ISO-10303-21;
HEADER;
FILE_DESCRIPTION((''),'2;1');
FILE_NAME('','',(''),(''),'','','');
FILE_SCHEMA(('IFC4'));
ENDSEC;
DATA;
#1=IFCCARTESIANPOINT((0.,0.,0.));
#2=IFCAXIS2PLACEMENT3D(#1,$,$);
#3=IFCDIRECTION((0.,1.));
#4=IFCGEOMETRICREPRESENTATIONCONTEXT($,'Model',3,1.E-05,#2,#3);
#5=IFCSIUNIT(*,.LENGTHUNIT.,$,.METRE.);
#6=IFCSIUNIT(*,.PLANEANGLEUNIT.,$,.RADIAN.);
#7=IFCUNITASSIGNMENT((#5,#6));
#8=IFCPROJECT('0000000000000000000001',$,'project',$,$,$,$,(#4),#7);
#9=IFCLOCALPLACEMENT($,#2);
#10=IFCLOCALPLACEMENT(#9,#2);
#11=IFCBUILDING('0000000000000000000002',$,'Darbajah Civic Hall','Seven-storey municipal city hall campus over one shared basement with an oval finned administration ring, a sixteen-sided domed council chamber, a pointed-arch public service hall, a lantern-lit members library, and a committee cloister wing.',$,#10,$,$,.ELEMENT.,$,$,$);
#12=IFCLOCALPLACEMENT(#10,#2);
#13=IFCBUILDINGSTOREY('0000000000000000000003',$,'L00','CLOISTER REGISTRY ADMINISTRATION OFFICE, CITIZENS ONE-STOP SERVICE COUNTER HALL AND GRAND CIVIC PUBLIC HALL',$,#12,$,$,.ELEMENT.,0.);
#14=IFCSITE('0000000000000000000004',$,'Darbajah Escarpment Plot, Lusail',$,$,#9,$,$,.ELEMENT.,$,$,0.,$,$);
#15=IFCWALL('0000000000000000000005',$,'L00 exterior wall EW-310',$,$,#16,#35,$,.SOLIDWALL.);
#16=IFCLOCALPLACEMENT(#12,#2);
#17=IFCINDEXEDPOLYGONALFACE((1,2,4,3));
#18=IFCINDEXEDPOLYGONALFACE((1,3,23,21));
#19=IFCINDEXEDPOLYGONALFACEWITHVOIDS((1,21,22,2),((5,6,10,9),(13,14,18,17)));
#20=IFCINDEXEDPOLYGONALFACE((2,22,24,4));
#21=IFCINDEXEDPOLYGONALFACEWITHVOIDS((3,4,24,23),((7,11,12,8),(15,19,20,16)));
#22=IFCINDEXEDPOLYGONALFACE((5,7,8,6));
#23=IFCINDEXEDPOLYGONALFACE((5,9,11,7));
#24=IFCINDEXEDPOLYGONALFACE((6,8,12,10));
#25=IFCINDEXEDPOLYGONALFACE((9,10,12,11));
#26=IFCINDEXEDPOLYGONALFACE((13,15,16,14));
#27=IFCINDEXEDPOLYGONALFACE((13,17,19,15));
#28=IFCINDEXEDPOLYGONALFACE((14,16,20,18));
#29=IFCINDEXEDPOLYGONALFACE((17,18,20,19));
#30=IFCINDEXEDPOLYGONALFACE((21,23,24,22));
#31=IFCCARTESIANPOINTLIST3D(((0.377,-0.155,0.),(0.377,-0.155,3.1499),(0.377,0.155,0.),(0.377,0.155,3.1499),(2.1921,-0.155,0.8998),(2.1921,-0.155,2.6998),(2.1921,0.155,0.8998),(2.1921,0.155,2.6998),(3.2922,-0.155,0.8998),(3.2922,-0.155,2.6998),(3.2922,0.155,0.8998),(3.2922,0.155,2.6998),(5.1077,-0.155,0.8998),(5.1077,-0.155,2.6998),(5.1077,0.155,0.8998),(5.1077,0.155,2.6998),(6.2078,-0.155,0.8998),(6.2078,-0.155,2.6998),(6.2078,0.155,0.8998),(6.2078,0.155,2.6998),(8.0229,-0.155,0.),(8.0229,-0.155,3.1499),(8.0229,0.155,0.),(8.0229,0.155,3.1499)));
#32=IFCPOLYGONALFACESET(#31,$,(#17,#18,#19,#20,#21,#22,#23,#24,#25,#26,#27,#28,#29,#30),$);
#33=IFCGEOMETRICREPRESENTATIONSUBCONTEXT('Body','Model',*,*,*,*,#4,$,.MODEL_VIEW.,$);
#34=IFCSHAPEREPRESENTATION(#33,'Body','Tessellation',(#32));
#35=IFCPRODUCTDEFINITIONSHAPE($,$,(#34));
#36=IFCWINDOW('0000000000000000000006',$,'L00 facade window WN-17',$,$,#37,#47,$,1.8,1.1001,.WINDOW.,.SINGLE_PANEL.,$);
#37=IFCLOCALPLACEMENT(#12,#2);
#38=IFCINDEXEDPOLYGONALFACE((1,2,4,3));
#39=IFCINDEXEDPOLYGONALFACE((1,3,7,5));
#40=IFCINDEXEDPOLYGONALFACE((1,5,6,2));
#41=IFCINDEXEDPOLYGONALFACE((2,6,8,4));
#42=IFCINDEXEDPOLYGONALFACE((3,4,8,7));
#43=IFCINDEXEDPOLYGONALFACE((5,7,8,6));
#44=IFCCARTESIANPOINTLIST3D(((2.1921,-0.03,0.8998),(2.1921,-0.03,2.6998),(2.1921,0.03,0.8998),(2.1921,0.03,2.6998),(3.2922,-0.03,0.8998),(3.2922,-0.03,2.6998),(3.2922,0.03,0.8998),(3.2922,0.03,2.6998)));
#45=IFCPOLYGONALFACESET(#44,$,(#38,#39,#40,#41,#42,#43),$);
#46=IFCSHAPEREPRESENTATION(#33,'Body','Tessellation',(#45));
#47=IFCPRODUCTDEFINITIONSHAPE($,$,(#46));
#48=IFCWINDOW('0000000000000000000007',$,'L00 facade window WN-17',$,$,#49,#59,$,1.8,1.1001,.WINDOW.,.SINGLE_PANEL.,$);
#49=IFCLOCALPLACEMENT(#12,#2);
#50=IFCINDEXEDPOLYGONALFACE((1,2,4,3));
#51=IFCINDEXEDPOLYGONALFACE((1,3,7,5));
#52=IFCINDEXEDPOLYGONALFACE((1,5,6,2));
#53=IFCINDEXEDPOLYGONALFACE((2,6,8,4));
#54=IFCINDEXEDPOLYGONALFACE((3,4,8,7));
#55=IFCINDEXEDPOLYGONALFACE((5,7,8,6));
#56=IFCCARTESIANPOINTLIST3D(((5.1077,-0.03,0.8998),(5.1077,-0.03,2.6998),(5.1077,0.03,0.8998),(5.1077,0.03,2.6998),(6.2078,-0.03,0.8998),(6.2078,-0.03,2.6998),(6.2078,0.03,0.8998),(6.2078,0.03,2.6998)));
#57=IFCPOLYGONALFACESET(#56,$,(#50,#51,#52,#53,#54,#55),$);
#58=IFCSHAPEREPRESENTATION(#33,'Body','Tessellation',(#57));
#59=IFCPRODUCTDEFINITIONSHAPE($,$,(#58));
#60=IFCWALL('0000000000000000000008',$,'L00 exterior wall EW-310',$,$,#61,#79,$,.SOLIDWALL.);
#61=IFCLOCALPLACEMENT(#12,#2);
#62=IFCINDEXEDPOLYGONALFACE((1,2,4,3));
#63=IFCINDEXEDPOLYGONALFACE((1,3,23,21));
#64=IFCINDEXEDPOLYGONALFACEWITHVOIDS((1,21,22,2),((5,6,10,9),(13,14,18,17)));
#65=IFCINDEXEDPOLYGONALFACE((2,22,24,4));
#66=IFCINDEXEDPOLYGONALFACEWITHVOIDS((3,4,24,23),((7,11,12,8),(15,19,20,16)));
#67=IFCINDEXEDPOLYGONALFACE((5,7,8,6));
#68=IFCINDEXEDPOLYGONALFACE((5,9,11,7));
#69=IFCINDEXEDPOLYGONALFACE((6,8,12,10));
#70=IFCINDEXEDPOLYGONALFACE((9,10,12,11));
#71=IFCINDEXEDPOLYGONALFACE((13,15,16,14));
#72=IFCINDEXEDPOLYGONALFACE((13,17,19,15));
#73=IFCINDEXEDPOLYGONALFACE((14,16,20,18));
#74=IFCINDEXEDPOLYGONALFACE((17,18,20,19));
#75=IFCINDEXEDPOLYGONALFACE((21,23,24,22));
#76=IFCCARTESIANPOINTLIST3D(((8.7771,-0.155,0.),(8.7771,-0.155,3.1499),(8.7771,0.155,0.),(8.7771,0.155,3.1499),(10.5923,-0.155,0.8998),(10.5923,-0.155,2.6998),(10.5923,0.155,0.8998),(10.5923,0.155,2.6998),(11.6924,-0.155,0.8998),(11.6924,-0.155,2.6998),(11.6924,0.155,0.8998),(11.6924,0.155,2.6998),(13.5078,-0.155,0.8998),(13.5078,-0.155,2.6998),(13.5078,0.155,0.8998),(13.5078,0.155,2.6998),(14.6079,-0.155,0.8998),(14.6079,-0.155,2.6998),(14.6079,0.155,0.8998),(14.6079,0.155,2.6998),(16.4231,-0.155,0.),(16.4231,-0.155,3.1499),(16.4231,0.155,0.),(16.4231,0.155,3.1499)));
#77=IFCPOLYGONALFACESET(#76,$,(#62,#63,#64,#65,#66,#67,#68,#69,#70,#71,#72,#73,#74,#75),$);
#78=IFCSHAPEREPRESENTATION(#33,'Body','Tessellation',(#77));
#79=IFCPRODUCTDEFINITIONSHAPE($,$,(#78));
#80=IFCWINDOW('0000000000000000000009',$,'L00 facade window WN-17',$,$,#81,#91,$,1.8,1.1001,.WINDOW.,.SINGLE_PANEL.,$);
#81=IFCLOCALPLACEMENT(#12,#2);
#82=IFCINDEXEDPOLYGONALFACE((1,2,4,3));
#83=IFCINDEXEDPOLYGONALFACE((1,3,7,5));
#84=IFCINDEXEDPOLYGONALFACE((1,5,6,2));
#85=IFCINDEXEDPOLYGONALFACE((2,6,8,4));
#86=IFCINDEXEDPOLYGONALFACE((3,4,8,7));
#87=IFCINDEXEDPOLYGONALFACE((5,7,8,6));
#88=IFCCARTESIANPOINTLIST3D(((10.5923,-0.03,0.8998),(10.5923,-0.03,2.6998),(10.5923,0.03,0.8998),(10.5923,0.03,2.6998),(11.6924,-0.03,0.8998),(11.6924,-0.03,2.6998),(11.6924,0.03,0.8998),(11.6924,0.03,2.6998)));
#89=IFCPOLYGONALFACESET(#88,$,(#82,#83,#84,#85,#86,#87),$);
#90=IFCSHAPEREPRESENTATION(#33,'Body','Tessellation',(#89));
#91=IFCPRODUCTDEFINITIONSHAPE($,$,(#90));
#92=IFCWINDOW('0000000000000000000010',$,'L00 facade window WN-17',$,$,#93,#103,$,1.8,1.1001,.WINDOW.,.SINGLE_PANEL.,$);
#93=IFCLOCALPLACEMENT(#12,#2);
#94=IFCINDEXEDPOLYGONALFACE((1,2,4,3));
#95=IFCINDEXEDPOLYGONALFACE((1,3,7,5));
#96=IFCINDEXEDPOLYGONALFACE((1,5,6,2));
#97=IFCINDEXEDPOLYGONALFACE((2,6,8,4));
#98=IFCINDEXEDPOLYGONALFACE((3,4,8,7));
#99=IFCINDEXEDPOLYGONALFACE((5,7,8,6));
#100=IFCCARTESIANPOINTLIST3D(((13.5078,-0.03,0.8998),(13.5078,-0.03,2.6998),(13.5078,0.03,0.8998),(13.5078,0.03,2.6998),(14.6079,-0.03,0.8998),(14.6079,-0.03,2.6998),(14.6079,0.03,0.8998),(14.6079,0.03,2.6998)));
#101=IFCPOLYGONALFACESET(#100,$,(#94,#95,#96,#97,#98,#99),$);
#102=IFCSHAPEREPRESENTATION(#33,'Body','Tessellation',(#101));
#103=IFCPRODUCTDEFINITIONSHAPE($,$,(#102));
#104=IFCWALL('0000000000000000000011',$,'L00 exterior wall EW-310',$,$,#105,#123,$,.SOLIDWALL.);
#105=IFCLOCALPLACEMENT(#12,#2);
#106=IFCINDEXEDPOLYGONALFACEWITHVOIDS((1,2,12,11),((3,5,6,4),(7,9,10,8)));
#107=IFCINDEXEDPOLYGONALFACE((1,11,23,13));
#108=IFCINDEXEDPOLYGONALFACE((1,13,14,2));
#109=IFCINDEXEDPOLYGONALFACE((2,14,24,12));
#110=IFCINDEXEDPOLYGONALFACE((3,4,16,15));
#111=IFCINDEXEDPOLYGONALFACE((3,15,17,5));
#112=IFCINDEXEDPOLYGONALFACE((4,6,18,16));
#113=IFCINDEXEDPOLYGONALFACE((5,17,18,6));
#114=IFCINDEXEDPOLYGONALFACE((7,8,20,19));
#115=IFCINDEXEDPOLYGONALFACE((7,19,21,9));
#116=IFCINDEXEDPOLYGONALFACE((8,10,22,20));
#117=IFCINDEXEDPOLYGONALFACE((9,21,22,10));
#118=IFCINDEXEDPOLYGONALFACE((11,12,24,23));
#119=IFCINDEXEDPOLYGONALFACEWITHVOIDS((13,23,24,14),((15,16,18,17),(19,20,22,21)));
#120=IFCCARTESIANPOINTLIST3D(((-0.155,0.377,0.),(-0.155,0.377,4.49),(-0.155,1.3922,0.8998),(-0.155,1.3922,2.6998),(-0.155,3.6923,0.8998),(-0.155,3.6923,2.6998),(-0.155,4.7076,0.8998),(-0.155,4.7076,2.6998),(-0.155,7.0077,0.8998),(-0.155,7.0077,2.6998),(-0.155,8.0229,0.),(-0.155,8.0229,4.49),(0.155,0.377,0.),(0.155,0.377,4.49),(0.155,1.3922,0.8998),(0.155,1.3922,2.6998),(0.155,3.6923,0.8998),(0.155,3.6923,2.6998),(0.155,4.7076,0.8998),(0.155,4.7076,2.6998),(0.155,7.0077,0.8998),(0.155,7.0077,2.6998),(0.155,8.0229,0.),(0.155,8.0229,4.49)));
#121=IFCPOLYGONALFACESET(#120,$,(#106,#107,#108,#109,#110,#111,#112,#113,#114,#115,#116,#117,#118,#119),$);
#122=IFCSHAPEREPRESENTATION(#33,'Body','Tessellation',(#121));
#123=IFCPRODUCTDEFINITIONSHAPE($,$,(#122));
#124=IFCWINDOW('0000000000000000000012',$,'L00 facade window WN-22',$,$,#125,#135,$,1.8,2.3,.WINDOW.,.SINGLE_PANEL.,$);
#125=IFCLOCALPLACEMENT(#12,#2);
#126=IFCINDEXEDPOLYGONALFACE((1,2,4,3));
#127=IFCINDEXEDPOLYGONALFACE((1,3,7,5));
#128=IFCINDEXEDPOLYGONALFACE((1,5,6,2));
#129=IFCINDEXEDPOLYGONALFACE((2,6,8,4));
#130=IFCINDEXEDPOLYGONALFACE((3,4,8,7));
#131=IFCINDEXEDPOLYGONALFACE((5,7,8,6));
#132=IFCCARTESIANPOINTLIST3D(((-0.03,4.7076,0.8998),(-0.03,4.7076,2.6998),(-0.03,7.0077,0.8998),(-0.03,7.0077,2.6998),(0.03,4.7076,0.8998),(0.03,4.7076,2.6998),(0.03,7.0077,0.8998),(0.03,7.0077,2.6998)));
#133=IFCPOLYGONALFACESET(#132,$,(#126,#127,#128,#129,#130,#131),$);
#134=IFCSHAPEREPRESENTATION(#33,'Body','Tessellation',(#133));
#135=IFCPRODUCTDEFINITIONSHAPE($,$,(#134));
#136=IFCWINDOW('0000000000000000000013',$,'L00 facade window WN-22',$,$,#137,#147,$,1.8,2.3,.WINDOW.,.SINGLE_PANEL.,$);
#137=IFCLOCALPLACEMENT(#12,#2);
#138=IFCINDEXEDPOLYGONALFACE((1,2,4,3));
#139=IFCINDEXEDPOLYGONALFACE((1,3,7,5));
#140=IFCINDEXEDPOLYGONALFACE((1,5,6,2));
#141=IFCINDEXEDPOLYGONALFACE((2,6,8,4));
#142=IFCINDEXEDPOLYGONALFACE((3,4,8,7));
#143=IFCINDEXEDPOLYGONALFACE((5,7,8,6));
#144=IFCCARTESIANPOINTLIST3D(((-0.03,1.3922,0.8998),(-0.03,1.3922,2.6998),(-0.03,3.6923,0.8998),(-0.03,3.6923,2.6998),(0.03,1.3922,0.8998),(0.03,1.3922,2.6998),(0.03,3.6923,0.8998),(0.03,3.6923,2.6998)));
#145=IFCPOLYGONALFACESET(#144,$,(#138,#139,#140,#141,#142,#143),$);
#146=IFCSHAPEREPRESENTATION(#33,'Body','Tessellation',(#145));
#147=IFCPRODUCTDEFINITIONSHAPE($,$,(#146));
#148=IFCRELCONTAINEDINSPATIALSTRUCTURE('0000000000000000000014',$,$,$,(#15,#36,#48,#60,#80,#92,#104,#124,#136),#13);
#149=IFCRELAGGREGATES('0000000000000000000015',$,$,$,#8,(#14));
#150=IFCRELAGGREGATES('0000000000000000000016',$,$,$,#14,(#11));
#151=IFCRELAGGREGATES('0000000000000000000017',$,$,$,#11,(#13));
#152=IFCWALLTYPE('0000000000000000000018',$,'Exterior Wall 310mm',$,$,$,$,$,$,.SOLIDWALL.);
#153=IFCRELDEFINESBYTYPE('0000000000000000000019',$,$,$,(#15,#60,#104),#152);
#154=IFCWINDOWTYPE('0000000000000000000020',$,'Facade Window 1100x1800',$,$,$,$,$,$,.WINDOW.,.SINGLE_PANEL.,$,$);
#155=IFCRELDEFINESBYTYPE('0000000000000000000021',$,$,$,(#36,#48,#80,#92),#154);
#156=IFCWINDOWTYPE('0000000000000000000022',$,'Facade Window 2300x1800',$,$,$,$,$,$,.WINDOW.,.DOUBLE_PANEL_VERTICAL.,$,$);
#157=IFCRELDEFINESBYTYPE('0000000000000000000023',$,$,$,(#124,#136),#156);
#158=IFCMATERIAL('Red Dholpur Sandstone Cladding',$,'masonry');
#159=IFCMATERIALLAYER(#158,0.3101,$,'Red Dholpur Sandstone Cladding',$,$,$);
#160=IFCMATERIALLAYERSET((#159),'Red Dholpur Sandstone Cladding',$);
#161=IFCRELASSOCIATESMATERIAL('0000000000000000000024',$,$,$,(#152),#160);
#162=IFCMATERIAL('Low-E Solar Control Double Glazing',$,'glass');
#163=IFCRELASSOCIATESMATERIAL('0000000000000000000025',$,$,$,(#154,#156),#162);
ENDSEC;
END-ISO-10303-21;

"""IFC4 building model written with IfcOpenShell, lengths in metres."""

from ifc_helpers import new_model, si_unit, direction, frame, frame_2d, origin, place, context, subcontext, project, spatial, rectangle, extrude, material, layer, layer_set, type_object, element, fill, save


model = new_model("IFC4")

# Units and contexts
model_context = context("Model", 3, precision=1e-05, world=origin(), true_north=direction((0.0, 1.0)))
body_context = subcontext(model_context, "Body", "Model", "MODEL_VIEW")
ifc_project = project(units=[si_unit("LENGTHUNIT", "METRE"), si_unit("PLANEANGLEUNIT", "RADIAN")], contexts=[model_context])

# Site, building, storey
site_placement = place(None, origin())
site = spatial("IfcSite", under=ifc_project, at=site_placement, Name="Darbajah Escarpment Plot, Lusail", CompositionType="ELEMENT", RefElevation=0.0)
building_placement = place(site_placement, origin())
building = spatial("IfcBuilding", under=site, at=building_placement, Name="Darbajah Civic Hall", Description="Seven-storey municipal city hall campus over one shared basement with an oval finned administration ring, a sixteen-sided domed council chamber, a pointed-arch public service hall, a lantern-lit members library, and a committee cloister wing.", CompositionType="ELEMENT")
storey_placement = place(building_placement, origin())
storey = spatial("IfcBuildingStorey", under=building, at=storey_placement, Name="L00", Description="CLOISTER REGISTRY ADMINISTRATION OFFICE, CITIZENS ONE-STOP SERVICE COUNTER HALL AND GRAND CIVIC PUBLIC HALL", CompositionType="ELEMENT", Elevation=0.0)

# Walls, openings, windows
ifc_material_1 = material(Name="Red Dholpur Sandstone Cladding", Category="masonry")
ifc_layer_1 = layer(ifc_material_1, 0.3101, Name="Red Dholpur Sandstone Cladding")
ifc_layer_set_1 = layer_set([ifc_layer_1], Name="Red Dholpur Sandstone Cladding")
wall_type = type_object("IfcWallType", Name="Exterior Wall 310mm", PredefinedType="SOLIDWALL", material=ifc_layer_set_1)
wall_1_placement = place(storey_placement, frame((0.377, 0.0, 0.0), z_axis=(0.0, 0.0, 1.0), x_axis=(1.0, 0.0, 0.0)))
wall_1 = element("IfcWall", 1, at=wall_1_placement, inside=storey, type_object=wall_type, Name="L00 exterior wall EW-310", PredefinedType="SOLIDWALL", context=body_context, shape_type="SweptSolid", body=[
    extrude(rectangle(XDim=7.646, YDim=0.3101, at=frame_2d((3.823, 0.0))), origin(), (0.0, 0.0, 1.0), 3.1499),
])
opening_1_placement = place(wall_1_placement, frame((1.8152, 0.0, 0.8999)))
opening_1 = element("IfcOpeningElement", 2, at=opening_1_placement, cuts=wall_1, PredefinedType="OPENING", context=body_context, shape_type="SweptSolid", body=[
    extrude(rectangle(XDim=1.1001, YDim=1.8, at=frame_2d((0.55, 0.8999))), frame((0.0, 0.165, 0.0), z_axis=(0.0, -1.0, 0.0), x_axis=(1.0, 0.0, 0.0)), (0.0, 0.0, 1.0), 0.3301),
])
opening_2_placement = place(wall_1_placement, frame((4.7307, 0.0, 0.8999)))
opening_2 = element("IfcOpeningElement", 3, at=opening_2_placement, cuts=wall_1, PredefinedType="OPENING", context=body_context, shape_type="SweptSolid", body=[
    extrude(rectangle(XDim=1.1001, YDim=1.8, at=frame_2d((0.55, 0.8999))), frame((0.0, 0.165, 0.0), z_axis=(0.0, -1.0, 0.0), x_axis=(1.0, 0.0, 0.0)), (0.0, 0.0, 1.0), 0.3301),
])
ifc_material_2 = material(Name="Low-E Solar Control Double Glazing", Category="glass")
window_type_1 = type_object("IfcWindowType", Name="Facade Window 1100x1800", PartitioningType="SINGLE_PANEL", PredefinedType="WINDOW", material=ifc_material_2)
window_1_placement = place(opening_1_placement, origin())
window_1 = element("IfcWindow", 4, at=window_1_placement, inside=storey, type_object=window_type_1, Name="L00 facade window WN-17", OverallHeight=1.8, OverallWidth=1.1001, PartitioningType="SINGLE_PANEL", PredefinedType="WINDOW", context=body_context, shape_type="SweptSolid", body=[
    extrude(rectangle(XDim=1.1001, YDim=1.8, at=frame_2d((0.55, 0.8999))), frame((0.0, 0.03, 0.0), z_axis=(0.0, -1.0, 0.0), x_axis=(1.0, 0.0, 0.0)), (0.0, 0.0, 1.0), 0.0601),
])
fill(opening_1, window_1)
window_2_placement = place(opening_2_placement, origin())
window_2 = element("IfcWindow", 5, at=window_2_placement, inside=storey, type_object=window_type_1, Name="L00 facade window WN-17", OverallHeight=1.8, OverallWidth=1.1001, PartitioningType="SINGLE_PANEL", PredefinedType="WINDOW", context=body_context, shape_type="SweptSolid", body=[
    extrude(rectangle(XDim=1.1001, YDim=1.8, at=frame_2d((0.55, 0.8999))), frame((0.0, 0.03, 0.0), z_axis=(0.0, -1.0, 0.0), x_axis=(1.0, 0.0, 0.0)), (0.0, 0.0, 1.0), 0.0601),
])
fill(opening_2, window_2)
wall_2_placement = place(storey_placement, frame((8.7771, 0.0, 0.0), z_axis=(0.0, 0.0, 1.0), x_axis=(1.0, 0.0, 0.0)))
wall_2 = element("IfcWall", 6, at=wall_2_placement, inside=storey, type_object=wall_type, Name="L00 exterior wall EW-310", PredefinedType="SOLIDWALL", context=body_context, shape_type="SweptSolid", body=[
    extrude(rectangle(XDim=7.646, YDim=0.3101, at=frame_2d((3.823, 0.0))), origin(), (0.0, 0.0, 1.0), 3.1499),
])
opening_3_placement = place(wall_2_placement, frame((1.8152, 0.0, 0.8999)))
opening_3 = element("IfcOpeningElement", 7, at=opening_3_placement, cuts=wall_2, PredefinedType="OPENING", context=body_context, shape_type="SweptSolid", body=[
    extrude(rectangle(XDim=1.1001, YDim=1.8, at=frame_2d((0.55, 0.8999))), frame((0.0, 0.165, 0.0), z_axis=(0.0, -1.0, 0.0), x_axis=(1.0, 0.0, 0.0)), (0.0, 0.0, 1.0), 0.3301),
])
opening_4_placement = place(wall_2_placement, frame((4.7307, 0.0, 0.8999)))
opening_4 = element("IfcOpeningElement", 8, at=opening_4_placement, cuts=wall_2, PredefinedType="OPENING", context=body_context, shape_type="SweptSolid", body=[
    extrude(rectangle(XDim=1.1001, YDim=1.8, at=frame_2d((0.55, 0.8999))), frame((0.0, 0.165, 0.0), z_axis=(0.0, -1.0, 0.0), x_axis=(1.0, 0.0, 0.0)), (0.0, 0.0, 1.0), 0.3301),
])
window_3_placement = place(opening_3_placement, origin())
window_3 = element("IfcWindow", 9, at=window_3_placement, inside=storey, type_object=window_type_1, Name="L00 facade window WN-17", OverallHeight=1.8, OverallWidth=1.1001, PartitioningType="SINGLE_PANEL", PredefinedType="WINDOW", context=body_context, shape_type="SweptSolid", body=[
    extrude(rectangle(XDim=1.1001, YDim=1.8, at=frame_2d((0.55, 0.8999))), frame((0.0, 0.03, 0.0), z_axis=(0.0, -1.0, 0.0), x_axis=(1.0, 0.0, 0.0)), (0.0, 0.0, 1.0), 0.0601),
])
fill(opening_3, window_3)
window_4_placement = place(opening_4_placement, origin())
window_4 = element("IfcWindow", 10, at=window_4_placement, inside=storey, type_object=window_type_1, Name="L00 facade window WN-17", OverallHeight=1.8, OverallWidth=1.1001, PartitioningType="SINGLE_PANEL", PredefinedType="WINDOW", context=body_context, shape_type="SweptSolid", body=[
    extrude(rectangle(XDim=1.1001, YDim=1.8, at=frame_2d((0.55, 0.8999))), frame((0.0, 0.03, 0.0), z_axis=(0.0, -1.0, 0.0), x_axis=(1.0, 0.0, 0.0)), (0.0, 0.0, 1.0), 0.0601),
])
fill(opening_4, window_4)
wall_3_placement = place(storey_placement, frame((0.0, 8.0229, 0.0), z_axis=(0.0, 0.0, 1.0), x_axis=(0.0, -1.0, 0.0)))
wall_3 = element("IfcWall", 11, at=wall_3_placement, inside=storey, type_object=wall_type, Name="L00 exterior wall EW-310", PredefinedType="SOLIDWALL", context=body_context, shape_type="SweptSolid", body=[
    extrude(rectangle(XDim=7.646, YDim=0.3101, at=frame_2d((3.823, 0.0))), origin(), (0.0, 0.0, 1.0), 4.49),
])
opening_5_placement = place(wall_3_placement, frame((1.0154, 0.0, 0.8999)))
opening_5 = element("IfcOpeningElement", 12, at=opening_5_placement, cuts=wall_3, PredefinedType="OPENING", context=body_context, shape_type="SweptSolid", body=[
    extrude(rectangle(XDim=2.3, YDim=1.8, at=frame_2d((1.1499, 0.8999))), frame((0.0, 0.165, 0.0), z_axis=(0.0, -1.0, 0.0), x_axis=(1.0, 0.0, 0.0)), (0.0, 0.0, 1.0), 0.3301),
])
opening_6_placement = place(wall_3_placement, frame((4.3308, 0.0, 0.8999)))
opening_6 = element("IfcOpeningElement", 13, at=opening_6_placement, cuts=wall_3, PredefinedType="OPENING", context=body_context, shape_type="SweptSolid", body=[
    extrude(rectangle(XDim=2.3, YDim=1.8, at=frame_2d((1.1499, 0.8999))), frame((0.0, 0.165, 0.0), z_axis=(0.0, -1.0, 0.0), x_axis=(1.0, 0.0, 0.0)), (0.0, 0.0, 1.0), 0.3301),
])
window_type_2 = type_object("IfcWindowType", Name="Facade Window 2300x1800", PartitioningType="DOUBLE_PANEL_VERTICAL", PredefinedType="WINDOW", material=ifc_material_2)
window_5_placement = place(opening_5_placement, origin())
window_5 = element("IfcWindow", 14, at=window_5_placement, inside=storey, type_object=window_type_2, Name="L00 facade window WN-22", OverallHeight=1.8, OverallWidth=2.3, PartitioningType="SINGLE_PANEL", PredefinedType="WINDOW", context=body_context, shape_type="SweptSolid", body=[
    extrude(rectangle(XDim=2.3, YDim=1.8, at=frame_2d((1.1499, 0.8999))), frame((0.0, 0.03, 0.0), z_axis=(0.0, -1.0, 0.0), x_axis=(1.0, 0.0, 0.0)), (0.0, 0.0, 1.0), 0.0601),
])
fill(opening_5, window_5)
window_6_placement = place(opening_6_placement, origin())
window_6 = element("IfcWindow", 15, at=window_6_placement, inside=storey, type_object=window_type_2, Name="L00 facade window WN-22", OverallHeight=1.8, OverallWidth=2.3, PartitioningType="SINGLE_PANEL", PredefinedType="WINDOW", context=body_context, shape_type="SweptSolid", body=[
    extrude(rectangle(XDim=2.3, YDim=1.8, at=frame_2d((1.1499, 0.8999))), frame((0.0, 0.03, 0.0), z_axis=(0.0, -1.0, 0.0), x_axis=(1.0, 0.0, 0.0)), (0.0, 0.0, 1.0), 0.0601),
])
fill(opening_6, window_6)

save(model, "model.ifc")
